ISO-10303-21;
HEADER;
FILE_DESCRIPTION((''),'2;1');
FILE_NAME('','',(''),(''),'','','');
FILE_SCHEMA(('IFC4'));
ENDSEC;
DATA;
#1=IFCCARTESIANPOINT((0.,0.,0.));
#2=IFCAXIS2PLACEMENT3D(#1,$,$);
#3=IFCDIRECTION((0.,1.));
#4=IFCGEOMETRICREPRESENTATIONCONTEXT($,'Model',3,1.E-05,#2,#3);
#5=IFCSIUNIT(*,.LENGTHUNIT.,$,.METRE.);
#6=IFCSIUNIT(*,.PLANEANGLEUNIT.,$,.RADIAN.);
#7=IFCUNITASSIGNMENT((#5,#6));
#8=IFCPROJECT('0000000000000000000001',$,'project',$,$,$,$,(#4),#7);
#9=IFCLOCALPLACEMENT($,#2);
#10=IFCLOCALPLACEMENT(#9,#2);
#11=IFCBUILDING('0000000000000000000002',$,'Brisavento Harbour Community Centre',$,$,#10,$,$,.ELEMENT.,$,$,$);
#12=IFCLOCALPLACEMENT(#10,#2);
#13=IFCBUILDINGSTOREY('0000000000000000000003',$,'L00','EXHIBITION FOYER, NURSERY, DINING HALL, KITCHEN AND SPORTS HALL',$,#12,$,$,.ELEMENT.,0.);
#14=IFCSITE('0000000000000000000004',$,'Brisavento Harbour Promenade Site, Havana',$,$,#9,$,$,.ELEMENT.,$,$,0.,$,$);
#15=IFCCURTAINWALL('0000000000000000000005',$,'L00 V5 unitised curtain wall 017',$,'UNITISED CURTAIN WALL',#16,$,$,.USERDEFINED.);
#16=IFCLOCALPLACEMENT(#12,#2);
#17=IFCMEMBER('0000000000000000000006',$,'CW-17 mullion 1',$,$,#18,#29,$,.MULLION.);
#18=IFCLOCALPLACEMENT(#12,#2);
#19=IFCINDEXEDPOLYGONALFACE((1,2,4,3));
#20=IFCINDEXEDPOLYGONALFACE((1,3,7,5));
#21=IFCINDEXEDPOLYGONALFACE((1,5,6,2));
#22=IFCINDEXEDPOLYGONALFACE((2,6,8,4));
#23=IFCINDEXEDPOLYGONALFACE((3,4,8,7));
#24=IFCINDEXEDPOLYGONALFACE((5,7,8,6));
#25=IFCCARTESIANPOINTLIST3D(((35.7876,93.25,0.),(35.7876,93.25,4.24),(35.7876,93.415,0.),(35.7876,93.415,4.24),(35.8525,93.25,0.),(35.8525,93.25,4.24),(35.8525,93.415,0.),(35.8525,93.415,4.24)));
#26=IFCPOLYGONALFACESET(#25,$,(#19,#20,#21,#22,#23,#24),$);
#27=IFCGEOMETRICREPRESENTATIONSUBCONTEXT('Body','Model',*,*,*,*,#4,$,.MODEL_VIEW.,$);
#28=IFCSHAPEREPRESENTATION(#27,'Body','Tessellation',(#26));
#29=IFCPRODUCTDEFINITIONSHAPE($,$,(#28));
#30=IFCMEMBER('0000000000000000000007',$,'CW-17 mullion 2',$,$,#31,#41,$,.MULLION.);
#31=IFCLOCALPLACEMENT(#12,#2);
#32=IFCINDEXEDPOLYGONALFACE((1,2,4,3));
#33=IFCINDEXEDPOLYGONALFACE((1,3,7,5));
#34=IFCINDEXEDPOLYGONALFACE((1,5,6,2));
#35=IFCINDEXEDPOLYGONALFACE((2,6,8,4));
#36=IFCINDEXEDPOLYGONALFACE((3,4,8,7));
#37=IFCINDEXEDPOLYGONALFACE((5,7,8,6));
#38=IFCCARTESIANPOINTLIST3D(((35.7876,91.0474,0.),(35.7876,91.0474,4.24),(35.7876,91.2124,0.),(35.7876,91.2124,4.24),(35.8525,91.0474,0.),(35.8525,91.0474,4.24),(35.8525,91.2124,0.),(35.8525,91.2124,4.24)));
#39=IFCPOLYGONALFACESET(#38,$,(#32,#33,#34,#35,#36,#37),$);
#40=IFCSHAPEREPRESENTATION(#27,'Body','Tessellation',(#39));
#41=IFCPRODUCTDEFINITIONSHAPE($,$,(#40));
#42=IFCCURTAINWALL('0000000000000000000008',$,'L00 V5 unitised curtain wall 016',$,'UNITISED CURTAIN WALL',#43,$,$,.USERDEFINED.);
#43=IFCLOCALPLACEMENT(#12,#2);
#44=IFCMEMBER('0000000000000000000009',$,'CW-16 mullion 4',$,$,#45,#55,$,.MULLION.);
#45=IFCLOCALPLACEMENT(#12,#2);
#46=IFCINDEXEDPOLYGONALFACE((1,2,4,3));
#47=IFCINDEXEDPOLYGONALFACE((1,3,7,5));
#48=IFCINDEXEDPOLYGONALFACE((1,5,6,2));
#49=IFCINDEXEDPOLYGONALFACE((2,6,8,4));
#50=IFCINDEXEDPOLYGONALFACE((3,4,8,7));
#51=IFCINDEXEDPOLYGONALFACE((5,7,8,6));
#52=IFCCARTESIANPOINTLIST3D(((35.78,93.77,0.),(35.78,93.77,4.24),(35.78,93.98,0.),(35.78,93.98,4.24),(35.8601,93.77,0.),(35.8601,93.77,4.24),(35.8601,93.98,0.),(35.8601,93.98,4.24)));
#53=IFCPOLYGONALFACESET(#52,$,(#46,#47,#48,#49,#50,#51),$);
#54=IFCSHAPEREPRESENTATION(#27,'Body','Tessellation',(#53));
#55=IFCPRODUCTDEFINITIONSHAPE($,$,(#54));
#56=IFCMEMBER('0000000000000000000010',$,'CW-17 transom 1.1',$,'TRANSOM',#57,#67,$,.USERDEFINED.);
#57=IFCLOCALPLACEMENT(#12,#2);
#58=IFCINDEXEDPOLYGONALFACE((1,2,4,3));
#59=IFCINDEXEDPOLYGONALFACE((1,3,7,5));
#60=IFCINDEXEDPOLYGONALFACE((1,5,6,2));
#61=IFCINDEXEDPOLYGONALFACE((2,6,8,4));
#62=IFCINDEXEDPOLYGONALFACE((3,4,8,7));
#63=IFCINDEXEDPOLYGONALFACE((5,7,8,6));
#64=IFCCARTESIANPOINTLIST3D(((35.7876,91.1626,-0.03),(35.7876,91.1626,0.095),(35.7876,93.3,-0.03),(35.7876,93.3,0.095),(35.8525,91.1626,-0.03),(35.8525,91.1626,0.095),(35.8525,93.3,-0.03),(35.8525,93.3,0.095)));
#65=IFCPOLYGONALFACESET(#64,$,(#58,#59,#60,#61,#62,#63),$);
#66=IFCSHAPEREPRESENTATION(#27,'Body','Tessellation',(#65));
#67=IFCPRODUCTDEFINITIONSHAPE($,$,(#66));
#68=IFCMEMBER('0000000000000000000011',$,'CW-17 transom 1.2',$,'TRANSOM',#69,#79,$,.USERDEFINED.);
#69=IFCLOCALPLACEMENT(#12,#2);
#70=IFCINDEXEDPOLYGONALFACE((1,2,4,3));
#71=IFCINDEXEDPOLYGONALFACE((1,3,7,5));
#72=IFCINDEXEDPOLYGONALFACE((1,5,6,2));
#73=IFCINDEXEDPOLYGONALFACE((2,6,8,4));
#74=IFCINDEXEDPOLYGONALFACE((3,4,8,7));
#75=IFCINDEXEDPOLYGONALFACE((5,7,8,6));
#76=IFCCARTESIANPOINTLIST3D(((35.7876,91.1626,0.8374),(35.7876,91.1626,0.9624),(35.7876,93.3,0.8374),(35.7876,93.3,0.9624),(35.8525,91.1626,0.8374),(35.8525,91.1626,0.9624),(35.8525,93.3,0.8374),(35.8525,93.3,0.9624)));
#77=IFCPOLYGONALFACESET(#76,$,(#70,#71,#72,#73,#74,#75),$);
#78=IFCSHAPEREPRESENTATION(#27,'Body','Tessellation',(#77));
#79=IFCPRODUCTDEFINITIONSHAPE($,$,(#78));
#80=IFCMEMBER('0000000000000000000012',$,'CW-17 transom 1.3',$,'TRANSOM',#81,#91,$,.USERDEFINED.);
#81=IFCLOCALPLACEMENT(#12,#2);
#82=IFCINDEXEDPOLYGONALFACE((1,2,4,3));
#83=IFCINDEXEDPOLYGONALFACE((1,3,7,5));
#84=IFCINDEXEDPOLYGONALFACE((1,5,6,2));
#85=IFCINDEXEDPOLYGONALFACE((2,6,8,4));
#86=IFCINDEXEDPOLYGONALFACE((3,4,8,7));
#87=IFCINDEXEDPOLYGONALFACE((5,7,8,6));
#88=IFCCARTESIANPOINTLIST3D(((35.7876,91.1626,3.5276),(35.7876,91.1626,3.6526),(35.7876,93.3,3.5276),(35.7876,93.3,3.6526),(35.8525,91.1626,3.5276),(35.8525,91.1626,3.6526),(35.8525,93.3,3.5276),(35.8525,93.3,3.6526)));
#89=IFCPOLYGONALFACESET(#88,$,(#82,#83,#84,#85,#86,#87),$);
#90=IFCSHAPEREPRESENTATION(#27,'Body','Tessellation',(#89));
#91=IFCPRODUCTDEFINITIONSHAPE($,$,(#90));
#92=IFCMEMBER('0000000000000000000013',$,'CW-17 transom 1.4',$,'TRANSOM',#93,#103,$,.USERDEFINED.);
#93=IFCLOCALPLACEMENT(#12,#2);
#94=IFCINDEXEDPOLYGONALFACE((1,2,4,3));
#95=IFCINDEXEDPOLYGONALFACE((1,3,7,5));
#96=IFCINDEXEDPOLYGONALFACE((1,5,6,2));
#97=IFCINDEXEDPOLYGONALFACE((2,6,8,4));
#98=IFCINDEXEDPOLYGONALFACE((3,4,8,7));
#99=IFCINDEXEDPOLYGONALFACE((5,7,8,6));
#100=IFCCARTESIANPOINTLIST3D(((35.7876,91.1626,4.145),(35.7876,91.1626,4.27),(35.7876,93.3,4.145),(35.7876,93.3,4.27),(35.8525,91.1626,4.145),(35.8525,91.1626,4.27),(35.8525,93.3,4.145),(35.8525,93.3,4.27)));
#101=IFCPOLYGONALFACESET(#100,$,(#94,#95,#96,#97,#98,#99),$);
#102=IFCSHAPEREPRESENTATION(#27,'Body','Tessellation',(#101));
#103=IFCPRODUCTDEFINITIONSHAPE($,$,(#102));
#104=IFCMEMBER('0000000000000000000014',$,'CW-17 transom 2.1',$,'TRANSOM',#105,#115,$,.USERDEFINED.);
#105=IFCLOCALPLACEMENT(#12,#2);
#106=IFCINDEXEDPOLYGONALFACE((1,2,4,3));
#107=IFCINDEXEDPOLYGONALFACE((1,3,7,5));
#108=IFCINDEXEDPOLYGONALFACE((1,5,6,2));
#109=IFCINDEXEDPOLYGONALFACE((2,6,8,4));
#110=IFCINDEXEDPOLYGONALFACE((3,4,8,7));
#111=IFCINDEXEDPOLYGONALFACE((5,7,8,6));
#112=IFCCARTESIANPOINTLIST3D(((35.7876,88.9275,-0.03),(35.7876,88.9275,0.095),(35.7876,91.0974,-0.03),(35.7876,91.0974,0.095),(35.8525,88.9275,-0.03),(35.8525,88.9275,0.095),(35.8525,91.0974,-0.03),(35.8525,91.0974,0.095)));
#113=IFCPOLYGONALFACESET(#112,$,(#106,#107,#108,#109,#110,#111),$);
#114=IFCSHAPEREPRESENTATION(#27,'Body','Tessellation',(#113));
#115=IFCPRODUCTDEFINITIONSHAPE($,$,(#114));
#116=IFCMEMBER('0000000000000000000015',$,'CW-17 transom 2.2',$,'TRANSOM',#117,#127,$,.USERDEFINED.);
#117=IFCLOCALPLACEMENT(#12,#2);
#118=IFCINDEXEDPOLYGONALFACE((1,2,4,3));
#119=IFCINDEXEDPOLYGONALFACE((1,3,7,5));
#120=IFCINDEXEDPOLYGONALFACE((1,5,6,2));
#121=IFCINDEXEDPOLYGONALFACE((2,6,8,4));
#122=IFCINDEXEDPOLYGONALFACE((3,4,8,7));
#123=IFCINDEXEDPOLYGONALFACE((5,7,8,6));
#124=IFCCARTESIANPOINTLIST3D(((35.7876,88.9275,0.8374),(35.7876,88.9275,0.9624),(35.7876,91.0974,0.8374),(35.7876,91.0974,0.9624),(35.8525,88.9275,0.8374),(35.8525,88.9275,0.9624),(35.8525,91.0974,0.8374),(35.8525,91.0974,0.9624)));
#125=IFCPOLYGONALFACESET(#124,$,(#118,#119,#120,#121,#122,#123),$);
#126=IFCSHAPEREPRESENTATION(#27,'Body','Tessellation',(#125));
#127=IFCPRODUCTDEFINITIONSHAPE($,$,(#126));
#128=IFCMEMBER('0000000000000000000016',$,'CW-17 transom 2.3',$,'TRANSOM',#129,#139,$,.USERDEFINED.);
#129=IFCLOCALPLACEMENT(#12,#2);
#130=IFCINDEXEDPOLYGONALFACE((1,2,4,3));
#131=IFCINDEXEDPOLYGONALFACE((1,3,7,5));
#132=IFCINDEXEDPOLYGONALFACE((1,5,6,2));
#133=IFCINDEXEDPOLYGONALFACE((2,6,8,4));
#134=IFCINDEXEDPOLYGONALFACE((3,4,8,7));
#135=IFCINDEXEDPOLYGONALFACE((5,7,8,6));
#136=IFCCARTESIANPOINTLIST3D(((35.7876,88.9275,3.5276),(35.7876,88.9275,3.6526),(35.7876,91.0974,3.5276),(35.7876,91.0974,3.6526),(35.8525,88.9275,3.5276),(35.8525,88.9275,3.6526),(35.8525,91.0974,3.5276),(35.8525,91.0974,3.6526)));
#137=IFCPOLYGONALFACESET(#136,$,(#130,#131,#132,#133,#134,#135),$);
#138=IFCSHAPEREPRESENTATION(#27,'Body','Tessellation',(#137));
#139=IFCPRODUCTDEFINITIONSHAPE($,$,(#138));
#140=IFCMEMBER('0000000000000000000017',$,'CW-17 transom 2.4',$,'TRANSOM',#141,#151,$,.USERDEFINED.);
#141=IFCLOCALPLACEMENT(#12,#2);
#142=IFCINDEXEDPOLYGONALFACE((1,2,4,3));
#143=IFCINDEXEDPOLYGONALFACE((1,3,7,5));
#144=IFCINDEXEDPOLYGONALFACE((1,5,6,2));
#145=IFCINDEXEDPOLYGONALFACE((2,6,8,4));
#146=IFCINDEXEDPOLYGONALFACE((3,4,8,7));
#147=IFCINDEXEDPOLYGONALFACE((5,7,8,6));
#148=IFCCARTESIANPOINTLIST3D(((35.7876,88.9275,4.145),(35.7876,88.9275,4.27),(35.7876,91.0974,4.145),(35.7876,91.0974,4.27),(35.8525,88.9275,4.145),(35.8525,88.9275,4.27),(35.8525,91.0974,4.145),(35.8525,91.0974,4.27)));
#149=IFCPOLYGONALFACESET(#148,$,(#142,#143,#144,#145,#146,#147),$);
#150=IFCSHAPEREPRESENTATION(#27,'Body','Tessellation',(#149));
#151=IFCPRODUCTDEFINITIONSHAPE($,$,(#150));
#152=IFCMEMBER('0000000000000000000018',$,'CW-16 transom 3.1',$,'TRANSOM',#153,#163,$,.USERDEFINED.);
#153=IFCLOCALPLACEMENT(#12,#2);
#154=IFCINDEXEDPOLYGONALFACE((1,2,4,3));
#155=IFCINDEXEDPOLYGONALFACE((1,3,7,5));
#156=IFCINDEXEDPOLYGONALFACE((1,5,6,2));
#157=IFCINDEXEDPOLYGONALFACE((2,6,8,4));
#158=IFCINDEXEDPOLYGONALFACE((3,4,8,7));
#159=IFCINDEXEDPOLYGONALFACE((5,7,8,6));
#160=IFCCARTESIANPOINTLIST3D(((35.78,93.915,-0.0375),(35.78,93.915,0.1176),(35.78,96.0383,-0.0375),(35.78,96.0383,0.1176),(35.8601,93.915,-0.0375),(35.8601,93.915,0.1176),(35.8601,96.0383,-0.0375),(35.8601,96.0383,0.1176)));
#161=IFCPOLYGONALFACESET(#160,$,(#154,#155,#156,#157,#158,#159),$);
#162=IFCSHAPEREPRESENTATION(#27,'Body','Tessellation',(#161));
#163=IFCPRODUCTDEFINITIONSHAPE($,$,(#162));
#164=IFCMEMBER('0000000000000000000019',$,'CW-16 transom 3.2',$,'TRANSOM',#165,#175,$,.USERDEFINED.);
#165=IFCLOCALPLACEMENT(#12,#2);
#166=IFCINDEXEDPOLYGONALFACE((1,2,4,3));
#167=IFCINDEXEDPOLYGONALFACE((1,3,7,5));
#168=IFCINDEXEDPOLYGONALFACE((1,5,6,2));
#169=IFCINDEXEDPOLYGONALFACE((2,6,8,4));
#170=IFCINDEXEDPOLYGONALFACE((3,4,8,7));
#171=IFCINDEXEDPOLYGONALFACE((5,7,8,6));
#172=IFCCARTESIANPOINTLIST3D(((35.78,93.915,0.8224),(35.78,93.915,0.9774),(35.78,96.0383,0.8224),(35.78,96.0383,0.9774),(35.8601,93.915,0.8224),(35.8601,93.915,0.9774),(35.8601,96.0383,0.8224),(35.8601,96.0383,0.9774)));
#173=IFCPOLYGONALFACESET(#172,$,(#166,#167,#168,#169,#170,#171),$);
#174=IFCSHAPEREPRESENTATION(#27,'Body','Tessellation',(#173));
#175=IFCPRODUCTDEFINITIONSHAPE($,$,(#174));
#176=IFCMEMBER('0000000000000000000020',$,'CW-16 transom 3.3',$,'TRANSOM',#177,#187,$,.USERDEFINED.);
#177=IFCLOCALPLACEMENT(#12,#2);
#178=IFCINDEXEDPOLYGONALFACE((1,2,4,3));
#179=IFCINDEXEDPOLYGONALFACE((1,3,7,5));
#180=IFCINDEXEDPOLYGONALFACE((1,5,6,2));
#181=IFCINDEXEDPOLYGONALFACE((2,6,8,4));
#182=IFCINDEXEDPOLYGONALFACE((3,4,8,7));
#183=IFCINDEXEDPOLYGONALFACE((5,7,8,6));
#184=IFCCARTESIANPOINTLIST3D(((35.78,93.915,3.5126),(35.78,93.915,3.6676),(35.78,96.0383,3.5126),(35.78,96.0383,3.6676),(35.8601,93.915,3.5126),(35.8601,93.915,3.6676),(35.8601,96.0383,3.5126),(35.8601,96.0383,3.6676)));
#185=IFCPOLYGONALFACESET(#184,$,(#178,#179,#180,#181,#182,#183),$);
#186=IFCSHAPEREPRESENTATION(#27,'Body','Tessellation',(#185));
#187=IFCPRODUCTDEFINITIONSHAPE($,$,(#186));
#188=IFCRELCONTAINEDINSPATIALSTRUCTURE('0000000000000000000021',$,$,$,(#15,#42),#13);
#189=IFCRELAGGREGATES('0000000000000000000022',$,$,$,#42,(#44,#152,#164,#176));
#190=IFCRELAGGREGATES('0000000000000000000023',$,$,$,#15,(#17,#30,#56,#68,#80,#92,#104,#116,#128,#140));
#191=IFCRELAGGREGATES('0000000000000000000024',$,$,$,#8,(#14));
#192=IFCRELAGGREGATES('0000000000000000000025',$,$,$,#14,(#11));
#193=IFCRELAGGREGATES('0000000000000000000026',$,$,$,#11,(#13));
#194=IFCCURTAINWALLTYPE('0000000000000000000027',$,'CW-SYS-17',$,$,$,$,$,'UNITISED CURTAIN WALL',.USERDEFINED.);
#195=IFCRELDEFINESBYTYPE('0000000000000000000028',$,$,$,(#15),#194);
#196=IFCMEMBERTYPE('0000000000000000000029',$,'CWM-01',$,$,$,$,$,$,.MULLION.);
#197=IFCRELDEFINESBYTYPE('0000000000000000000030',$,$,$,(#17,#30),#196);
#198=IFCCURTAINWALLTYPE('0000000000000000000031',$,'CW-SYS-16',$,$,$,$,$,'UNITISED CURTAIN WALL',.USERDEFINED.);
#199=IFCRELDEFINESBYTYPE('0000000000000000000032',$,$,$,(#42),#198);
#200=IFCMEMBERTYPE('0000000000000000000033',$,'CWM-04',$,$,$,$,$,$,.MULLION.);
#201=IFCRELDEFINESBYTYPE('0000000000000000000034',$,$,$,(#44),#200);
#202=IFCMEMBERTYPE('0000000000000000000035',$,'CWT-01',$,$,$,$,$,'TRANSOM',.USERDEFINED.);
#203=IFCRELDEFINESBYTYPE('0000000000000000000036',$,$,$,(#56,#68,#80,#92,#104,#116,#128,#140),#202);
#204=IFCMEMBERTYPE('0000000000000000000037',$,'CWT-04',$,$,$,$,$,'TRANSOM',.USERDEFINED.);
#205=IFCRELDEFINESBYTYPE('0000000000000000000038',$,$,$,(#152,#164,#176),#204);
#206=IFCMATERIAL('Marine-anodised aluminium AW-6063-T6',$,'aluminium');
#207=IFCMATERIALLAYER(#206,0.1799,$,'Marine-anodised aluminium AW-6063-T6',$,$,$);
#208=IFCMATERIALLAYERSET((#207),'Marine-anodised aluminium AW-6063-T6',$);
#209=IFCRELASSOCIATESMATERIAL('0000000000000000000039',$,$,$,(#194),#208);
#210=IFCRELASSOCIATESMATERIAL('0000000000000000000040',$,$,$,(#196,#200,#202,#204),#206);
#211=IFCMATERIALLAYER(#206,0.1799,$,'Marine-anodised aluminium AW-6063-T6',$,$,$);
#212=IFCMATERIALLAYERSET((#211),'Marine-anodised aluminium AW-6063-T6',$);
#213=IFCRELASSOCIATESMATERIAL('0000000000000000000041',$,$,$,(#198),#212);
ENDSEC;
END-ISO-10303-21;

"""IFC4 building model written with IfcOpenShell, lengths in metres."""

from ifc_helpers import new_model, si_unit, direction, frame, origin, origin_2d, place, context, subcontext, project, spatial, rectangle, extrude, material, layer, layer_set, material_profile, profile_set, type_object, element, aggregate, save


model = new_model("IFC4")

# Units and contexts
model_context = context("Model", 3, precision=1e-05, world=origin(), true_north=direction((0.0, 1.0)))
body_context = subcontext(model_context, "Body", "Model", "MODEL_VIEW")
ifc_project = project(units=[si_unit("LENGTHUNIT", "METRE"), si_unit("PLANEANGLEUNIT", "RADIAN")], contexts=[model_context])

# Site, building, storey
site_placement = place(None, origin())
site = spatial("IfcSite", under=ifc_project, at=site_placement, Name="Brisavento Harbour Promenade Site, Havana", CompositionType="ELEMENT", RefElevation=0.0)
building_placement = place(site_placement, origin())
building = spatial("IfcBuilding", under=site, at=building_placement, Name="Brisavento Harbour Community Centre", CompositionType="ELEMENT")
storey_placement = place(building_placement, origin())
storey = spatial("IfcBuildingStorey", under=building, at=storey_placement, Name="L00", Description="EXHIBITION FOYER, NURSERY, DINING HALL, KITCHEN AND SPORTS HALL", CompositionType="ELEMENT", Elevation=0.0)

# Curtain wall, members
ifc_material_1 = material(Name="Marine-anodised aluminium AW-6063-T6", Category="aluminium")
ifc_layer_1 = layer(ifc_material_1, 0.1799, Name="Marine-anodised aluminium AW-6063-T6")
ifc_layer_set_1 = layer_set([ifc_layer_1], Name="Marine-anodised aluminium AW-6063-T6")
curtain_wall_type_1 = type_object("IfcCurtainWallType", Name="CW-SYS-17", ElementType="UNITISED CURTAIN WALL", PredefinedType="USERDEFINED", material=ifc_layer_set_1)
curtain_wall_1_placement = place(storey_placement, origin())
curtain_wall_1 = element("IfcCurtainWall", 1, at=curtain_wall_1_placement, inside=storey, type_object=curtain_wall_type_1, Name="L00 V5 unitised curtain wall 017", ObjectType="UNITISED CURTAIN WALL", PredefinedType="USERDEFINED")
ifc_material_profile_1 = material_profile(ifc_material_1, rectangle(XDim=0.0649, YDim=0.165, at=origin_2d()), Name="Marine-anodised aluminium AW-6063-T6")
ifc_profile_set_1 = profile_set([ifc_material_profile_1], Name="Marine-anodised aluminium AW-6063-T6")
member_type_1 = type_object("IfcMemberType", Name="CWM-01", PredefinedType="MULLION", material=ifc_profile_set_1)
member_1_placement = place(storey_placement, frame((35.8201, 93.3325, 0.0), z_axis=(0.0, 0.0, 1.0), x_axis=(1.0, 0.0, 0.0)))
member_1 = element("IfcMember", 2, at=member_1_placement, type_object=member_type_1, Name="CW-17 mullion 1", PredefinedType="MULLION", context=body_context, shape_type="SweptSolid", body=[
    extrude(rectangle(XDim=0.0649, YDim=0.165, at=origin_2d()), origin(), (0.0, 0.0, 1.0), 4.24),
])
member_2_placement = place(storey_placement, frame((35.8201, 91.1299, 0.0), z_axis=(0.0, 0.0, 1.0), x_axis=(1.0, 0.0, 0.0)))
member_2 = element("IfcMember", 3, at=member_2_placement, type_object=member_type_1, Name="CW-17 mullion 2", PredefinedType="MULLION", context=body_context, shape_type="SweptSolid", body=[
    extrude(rectangle(XDim=0.0649, YDim=0.165, at=origin_2d()), origin(), (0.0, 0.0, 1.0), 4.24),
])

# Curtain wall, member
ifc_layer_2 = layer(ifc_material_1, 0.1799, Name="Marine-anodised aluminium AW-6063-T6")
ifc_layer_set_2 = layer_set([ifc_layer_2], Name="Marine-anodised aluminium AW-6063-T6")
curtain_wall_type_2 = type_object("IfcCurtainWallType", Name="CW-SYS-16", ElementType="UNITISED CURTAIN WALL", PredefinedType="USERDEFINED", material=ifc_layer_set_2)
curtain_wall_2_placement = place(storey_placement, origin())
curtain_wall_2 = element("IfcCurtainWall", 4, at=curtain_wall_2_placement, inside=storey, type_object=curtain_wall_type_2, Name="L00 V5 unitised curtain wall 016", ObjectType="UNITISED CURTAIN WALL", PredefinedType="USERDEFINED")
ifc_material_profile_2 = material_profile(ifc_material_1, rectangle(XDim=0.0801, YDim=0.21, at=origin_2d()), Name="Marine-anodised aluminium AW-6063-T6")
ifc_profile_set_2 = profile_set([ifc_material_profile_2], Name="Marine-anodised aluminium AW-6063-T6")
member_type_2 = type_object("IfcMemberType", Name="CWM-04", PredefinedType="MULLION", material=ifc_profile_set_2)
member_3_placement = place(storey_placement, frame((35.8201, 93.875, 0.0), z_axis=(0.0, 0.0, 1.0), x_axis=(1.0, 0.0, 0.0)))
member_3 = element("IfcMember", 5, at=member_3_placement, type_object=member_type_2, Name="CW-16 mullion 4", PredefinedType="MULLION", context=body_context, shape_type="SweptSolid", body=[
    extrude(rectangle(XDim=0.0801, YDim=0.21, at=origin_2d()), origin(), (0.0, 0.0, 1.0), 4.24),
])

# Members
ifc_material_profile_3 = material_profile(ifc_material_1, rectangle(XDim=0.0649, YDim=0.125, at=origin_2d()), Name="Marine-anodised aluminium AW-6063-T6")
ifc_profile_set_3 = profile_set([ifc_material_profile_3], Name="Marine-anodised aluminium AW-6063-T6")
member_type_3 = type_object("IfcMemberType", Name="CWT-01", ElementType="TRANSOM", PredefinedType="USERDEFINED", material=ifc_profile_set_3)
member_4_placement = place(storey_placement, frame((35.8201, 93.3, 0.0325), z_axis=(0.0, -1.0, 0.0), x_axis=(1.0, 0.0, 0.0)))
member_4 = element("IfcMember", 6, at=member_4_placement, type_object=member_type_3, Name="CW-17 transom 1.1", ObjectType="TRANSOM", PredefinedType="USERDEFINED", context=body_context, shape_type="SweptSolid", body=[
    extrude(rectangle(XDim=0.0649, YDim=0.125, at=origin_2d()), origin(), (0.0, 0.0, 1.0), 2.1375),
])
member_5_placement = place(storey_placement, frame((35.8201, 93.3, 0.8999), z_axis=(0.0, -1.0, 0.0), x_axis=(1.0, 0.0, 0.0)))
member_5 = element("IfcMember", 7, at=member_5_placement, type_object=member_type_3, Name="CW-17 transom 1.2", ObjectType="TRANSOM", PredefinedType="USERDEFINED", context=body_context, shape_type="SweptSolid", body=[
    extrude(rectangle(XDim=0.0649, YDim=0.125, at=origin_2d()), origin(), (0.0, 0.0, 1.0), 2.1375),
])
member_6_placement = place(storey_placement, frame((35.8201, 93.3, 3.5901), z_axis=(0.0, -1.0, 0.0), x_axis=(1.0, 0.0, 0.0)))
member_6 = element("IfcMember", 8, at=member_6_placement, type_object=member_type_3, Name="CW-17 transom 1.3", ObjectType="TRANSOM", PredefinedType="USERDEFINED", context=body_context, shape_type="SweptSolid", body=[
    extrude(rectangle(XDim=0.0649, YDim=0.125, at=origin_2d()), origin(), (0.0, 0.0, 1.0), 2.1375),
])
member_7_placement = place(storey_placement, frame((35.8201, 93.3, 4.2075), z_axis=(0.0, -1.0, 0.0), x_axis=(1.0, 0.0, 0.0)))
member_7 = element("IfcMember", 9, at=member_7_placement, type_object=member_type_3, Name="CW-17 transom 1.4", ObjectType="TRANSOM", PredefinedType="USERDEFINED", context=body_context, shape_type="SweptSolid", body=[
    extrude(rectangle(XDim=0.0649, YDim=0.125, at=origin_2d()), origin(), (0.0, 0.0, 1.0), 2.1375),
])
member_8_placement = place(storey_placement, frame((35.8201, 91.0974, 0.0325), z_axis=(0.0, -1.0, 0.0), x_axis=(1.0, 0.0, 0.0)))
member_8 = element("IfcMember", 10, at=member_8_placement, type_object=member_type_3, Name="CW-17 transom 2.1", ObjectType="TRANSOM", PredefinedType="USERDEFINED", context=body_context, shape_type="SweptSolid", body=[
    extrude(rectangle(XDim=0.0649, YDim=0.125, at=origin_2d()), origin(), (0.0, 0.0, 1.0), 2.1699),
])
member_9_placement = place(storey_placement, frame((35.8201, 91.0974, 0.8999), z_axis=(0.0, -1.0, 0.0), x_axis=(1.0, 0.0, 0.0)))
member_9 = element("IfcMember", 11, at=member_9_placement, type_object=member_type_3, Name="CW-17 transom 2.2", ObjectType="TRANSOM", PredefinedType="USERDEFINED", context=body_context, shape_type="SweptSolid", body=[
    extrude(rectangle(XDim=0.0649, YDim=0.125, at=origin_2d()), origin(), (0.0, 0.0, 1.0), 2.1699),
])
member_10_placement = place(storey_placement, frame((35.8201, 91.0974, 3.5901), z_axis=(0.0, -1.0, 0.0), x_axis=(1.0, 0.0, 0.0)))
member_10 = element("IfcMember", 12, at=member_10_placement, type_object=member_type_3, Name="CW-17 transom 2.3", ObjectType="TRANSOM", PredefinedType="USERDEFINED", context=body_context, shape_type="SweptSolid", body=[
    extrude(rectangle(XDim=0.0649, YDim=0.125, at=origin_2d()), origin(), (0.0, 0.0, 1.0), 2.1699),
])
member_11_placement = place(storey_placement, frame((35.8201, 91.0974, 4.2075), z_axis=(0.0, -1.0, 0.0), x_axis=(1.0, 0.0, 0.0)))
member_11 = element("IfcMember", 13, at=member_11_placement, type_object=member_type_3, Name="CW-17 transom 2.4", ObjectType="TRANSOM", PredefinedType="USERDEFINED", context=body_context, shape_type="SweptSolid", body=[
    extrude(rectangle(XDim=0.0649, YDim=0.125, at=origin_2d()), origin(), (0.0, 0.0, 1.0), 2.1699),
])
ifc_material_profile_4 = material_profile(ifc_material_1, rectangle(XDim=0.0801, YDim=0.155, at=origin_2d()), Name="Marine-anodised aluminium AW-6063-T6")
ifc_profile_set_4 = profile_set([ifc_material_profile_4], Name="Marine-anodised aluminium AW-6063-T6")
member_type_4 = type_object("IfcMemberType", Name="CWT-04", ElementType="TRANSOM", PredefinedType="USERDEFINED", material=ifc_profile_set_4)
member_12_placement = place(storey_placement, frame((35.8201, 96.0383, 0.04), z_axis=(0.0, -1.0, 0.0), x_axis=(1.0, 0.0, 0.0)))
member_12 = element("IfcMember", 14, at=member_12_placement, type_object=member_type_4, Name="CW-16 transom 3.1", ObjectType="TRANSOM", PredefinedType="USERDEFINED", context=body_context, shape_type="SweptSolid", body=[
    extrude(rectangle(XDim=0.0801, YDim=0.155, at=origin_2d()), origin(), (0.0, 0.0, 1.0), 2.1233),
])
member_13_placement = place(storey_placement, frame((35.8201, 96.0383, 0.8999), z_axis=(0.0, -1.0, 0.0), x_axis=(1.0, 0.0, 0.0)))
member_13 = element("IfcMember", 15, at=member_13_placement, type_object=member_type_4, Name="CW-16 transom 3.2", ObjectType="TRANSOM", PredefinedType="USERDEFINED", context=body_context, shape_type="SweptSolid", body=[
    extrude(rectangle(XDim=0.0801, YDim=0.155, at=origin_2d()), origin(), (0.0, 0.0, 1.0), 2.1233),
])
member_14_placement = place(storey_placement, frame((35.8201, 96.0383, 3.5901), z_axis=(0.0, -1.0, 0.0), x_axis=(1.0, 0.0, 0.0)))
member_14 = element("IfcMember", 16, at=member_14_placement, type_object=member_type_4, Name="CW-16 transom 3.3", ObjectType="TRANSOM", PredefinedType="USERDEFINED", context=body_context, shape_type="SweptSolid", body=[
    extrude(rectangle(XDim=0.0801, YDim=0.155, at=origin_2d()), origin(), (0.0, 0.0, 1.0), 2.1233),
])

aggregate(curtain_wall_2, [member_3, member_12, member_13, member_14])
aggregate(curtain_wall_1, [member_1, member_2, member_4, member_5, member_6, member_7, member_8, member_9, member_10, member_11])

save(model, "model.ifc")
